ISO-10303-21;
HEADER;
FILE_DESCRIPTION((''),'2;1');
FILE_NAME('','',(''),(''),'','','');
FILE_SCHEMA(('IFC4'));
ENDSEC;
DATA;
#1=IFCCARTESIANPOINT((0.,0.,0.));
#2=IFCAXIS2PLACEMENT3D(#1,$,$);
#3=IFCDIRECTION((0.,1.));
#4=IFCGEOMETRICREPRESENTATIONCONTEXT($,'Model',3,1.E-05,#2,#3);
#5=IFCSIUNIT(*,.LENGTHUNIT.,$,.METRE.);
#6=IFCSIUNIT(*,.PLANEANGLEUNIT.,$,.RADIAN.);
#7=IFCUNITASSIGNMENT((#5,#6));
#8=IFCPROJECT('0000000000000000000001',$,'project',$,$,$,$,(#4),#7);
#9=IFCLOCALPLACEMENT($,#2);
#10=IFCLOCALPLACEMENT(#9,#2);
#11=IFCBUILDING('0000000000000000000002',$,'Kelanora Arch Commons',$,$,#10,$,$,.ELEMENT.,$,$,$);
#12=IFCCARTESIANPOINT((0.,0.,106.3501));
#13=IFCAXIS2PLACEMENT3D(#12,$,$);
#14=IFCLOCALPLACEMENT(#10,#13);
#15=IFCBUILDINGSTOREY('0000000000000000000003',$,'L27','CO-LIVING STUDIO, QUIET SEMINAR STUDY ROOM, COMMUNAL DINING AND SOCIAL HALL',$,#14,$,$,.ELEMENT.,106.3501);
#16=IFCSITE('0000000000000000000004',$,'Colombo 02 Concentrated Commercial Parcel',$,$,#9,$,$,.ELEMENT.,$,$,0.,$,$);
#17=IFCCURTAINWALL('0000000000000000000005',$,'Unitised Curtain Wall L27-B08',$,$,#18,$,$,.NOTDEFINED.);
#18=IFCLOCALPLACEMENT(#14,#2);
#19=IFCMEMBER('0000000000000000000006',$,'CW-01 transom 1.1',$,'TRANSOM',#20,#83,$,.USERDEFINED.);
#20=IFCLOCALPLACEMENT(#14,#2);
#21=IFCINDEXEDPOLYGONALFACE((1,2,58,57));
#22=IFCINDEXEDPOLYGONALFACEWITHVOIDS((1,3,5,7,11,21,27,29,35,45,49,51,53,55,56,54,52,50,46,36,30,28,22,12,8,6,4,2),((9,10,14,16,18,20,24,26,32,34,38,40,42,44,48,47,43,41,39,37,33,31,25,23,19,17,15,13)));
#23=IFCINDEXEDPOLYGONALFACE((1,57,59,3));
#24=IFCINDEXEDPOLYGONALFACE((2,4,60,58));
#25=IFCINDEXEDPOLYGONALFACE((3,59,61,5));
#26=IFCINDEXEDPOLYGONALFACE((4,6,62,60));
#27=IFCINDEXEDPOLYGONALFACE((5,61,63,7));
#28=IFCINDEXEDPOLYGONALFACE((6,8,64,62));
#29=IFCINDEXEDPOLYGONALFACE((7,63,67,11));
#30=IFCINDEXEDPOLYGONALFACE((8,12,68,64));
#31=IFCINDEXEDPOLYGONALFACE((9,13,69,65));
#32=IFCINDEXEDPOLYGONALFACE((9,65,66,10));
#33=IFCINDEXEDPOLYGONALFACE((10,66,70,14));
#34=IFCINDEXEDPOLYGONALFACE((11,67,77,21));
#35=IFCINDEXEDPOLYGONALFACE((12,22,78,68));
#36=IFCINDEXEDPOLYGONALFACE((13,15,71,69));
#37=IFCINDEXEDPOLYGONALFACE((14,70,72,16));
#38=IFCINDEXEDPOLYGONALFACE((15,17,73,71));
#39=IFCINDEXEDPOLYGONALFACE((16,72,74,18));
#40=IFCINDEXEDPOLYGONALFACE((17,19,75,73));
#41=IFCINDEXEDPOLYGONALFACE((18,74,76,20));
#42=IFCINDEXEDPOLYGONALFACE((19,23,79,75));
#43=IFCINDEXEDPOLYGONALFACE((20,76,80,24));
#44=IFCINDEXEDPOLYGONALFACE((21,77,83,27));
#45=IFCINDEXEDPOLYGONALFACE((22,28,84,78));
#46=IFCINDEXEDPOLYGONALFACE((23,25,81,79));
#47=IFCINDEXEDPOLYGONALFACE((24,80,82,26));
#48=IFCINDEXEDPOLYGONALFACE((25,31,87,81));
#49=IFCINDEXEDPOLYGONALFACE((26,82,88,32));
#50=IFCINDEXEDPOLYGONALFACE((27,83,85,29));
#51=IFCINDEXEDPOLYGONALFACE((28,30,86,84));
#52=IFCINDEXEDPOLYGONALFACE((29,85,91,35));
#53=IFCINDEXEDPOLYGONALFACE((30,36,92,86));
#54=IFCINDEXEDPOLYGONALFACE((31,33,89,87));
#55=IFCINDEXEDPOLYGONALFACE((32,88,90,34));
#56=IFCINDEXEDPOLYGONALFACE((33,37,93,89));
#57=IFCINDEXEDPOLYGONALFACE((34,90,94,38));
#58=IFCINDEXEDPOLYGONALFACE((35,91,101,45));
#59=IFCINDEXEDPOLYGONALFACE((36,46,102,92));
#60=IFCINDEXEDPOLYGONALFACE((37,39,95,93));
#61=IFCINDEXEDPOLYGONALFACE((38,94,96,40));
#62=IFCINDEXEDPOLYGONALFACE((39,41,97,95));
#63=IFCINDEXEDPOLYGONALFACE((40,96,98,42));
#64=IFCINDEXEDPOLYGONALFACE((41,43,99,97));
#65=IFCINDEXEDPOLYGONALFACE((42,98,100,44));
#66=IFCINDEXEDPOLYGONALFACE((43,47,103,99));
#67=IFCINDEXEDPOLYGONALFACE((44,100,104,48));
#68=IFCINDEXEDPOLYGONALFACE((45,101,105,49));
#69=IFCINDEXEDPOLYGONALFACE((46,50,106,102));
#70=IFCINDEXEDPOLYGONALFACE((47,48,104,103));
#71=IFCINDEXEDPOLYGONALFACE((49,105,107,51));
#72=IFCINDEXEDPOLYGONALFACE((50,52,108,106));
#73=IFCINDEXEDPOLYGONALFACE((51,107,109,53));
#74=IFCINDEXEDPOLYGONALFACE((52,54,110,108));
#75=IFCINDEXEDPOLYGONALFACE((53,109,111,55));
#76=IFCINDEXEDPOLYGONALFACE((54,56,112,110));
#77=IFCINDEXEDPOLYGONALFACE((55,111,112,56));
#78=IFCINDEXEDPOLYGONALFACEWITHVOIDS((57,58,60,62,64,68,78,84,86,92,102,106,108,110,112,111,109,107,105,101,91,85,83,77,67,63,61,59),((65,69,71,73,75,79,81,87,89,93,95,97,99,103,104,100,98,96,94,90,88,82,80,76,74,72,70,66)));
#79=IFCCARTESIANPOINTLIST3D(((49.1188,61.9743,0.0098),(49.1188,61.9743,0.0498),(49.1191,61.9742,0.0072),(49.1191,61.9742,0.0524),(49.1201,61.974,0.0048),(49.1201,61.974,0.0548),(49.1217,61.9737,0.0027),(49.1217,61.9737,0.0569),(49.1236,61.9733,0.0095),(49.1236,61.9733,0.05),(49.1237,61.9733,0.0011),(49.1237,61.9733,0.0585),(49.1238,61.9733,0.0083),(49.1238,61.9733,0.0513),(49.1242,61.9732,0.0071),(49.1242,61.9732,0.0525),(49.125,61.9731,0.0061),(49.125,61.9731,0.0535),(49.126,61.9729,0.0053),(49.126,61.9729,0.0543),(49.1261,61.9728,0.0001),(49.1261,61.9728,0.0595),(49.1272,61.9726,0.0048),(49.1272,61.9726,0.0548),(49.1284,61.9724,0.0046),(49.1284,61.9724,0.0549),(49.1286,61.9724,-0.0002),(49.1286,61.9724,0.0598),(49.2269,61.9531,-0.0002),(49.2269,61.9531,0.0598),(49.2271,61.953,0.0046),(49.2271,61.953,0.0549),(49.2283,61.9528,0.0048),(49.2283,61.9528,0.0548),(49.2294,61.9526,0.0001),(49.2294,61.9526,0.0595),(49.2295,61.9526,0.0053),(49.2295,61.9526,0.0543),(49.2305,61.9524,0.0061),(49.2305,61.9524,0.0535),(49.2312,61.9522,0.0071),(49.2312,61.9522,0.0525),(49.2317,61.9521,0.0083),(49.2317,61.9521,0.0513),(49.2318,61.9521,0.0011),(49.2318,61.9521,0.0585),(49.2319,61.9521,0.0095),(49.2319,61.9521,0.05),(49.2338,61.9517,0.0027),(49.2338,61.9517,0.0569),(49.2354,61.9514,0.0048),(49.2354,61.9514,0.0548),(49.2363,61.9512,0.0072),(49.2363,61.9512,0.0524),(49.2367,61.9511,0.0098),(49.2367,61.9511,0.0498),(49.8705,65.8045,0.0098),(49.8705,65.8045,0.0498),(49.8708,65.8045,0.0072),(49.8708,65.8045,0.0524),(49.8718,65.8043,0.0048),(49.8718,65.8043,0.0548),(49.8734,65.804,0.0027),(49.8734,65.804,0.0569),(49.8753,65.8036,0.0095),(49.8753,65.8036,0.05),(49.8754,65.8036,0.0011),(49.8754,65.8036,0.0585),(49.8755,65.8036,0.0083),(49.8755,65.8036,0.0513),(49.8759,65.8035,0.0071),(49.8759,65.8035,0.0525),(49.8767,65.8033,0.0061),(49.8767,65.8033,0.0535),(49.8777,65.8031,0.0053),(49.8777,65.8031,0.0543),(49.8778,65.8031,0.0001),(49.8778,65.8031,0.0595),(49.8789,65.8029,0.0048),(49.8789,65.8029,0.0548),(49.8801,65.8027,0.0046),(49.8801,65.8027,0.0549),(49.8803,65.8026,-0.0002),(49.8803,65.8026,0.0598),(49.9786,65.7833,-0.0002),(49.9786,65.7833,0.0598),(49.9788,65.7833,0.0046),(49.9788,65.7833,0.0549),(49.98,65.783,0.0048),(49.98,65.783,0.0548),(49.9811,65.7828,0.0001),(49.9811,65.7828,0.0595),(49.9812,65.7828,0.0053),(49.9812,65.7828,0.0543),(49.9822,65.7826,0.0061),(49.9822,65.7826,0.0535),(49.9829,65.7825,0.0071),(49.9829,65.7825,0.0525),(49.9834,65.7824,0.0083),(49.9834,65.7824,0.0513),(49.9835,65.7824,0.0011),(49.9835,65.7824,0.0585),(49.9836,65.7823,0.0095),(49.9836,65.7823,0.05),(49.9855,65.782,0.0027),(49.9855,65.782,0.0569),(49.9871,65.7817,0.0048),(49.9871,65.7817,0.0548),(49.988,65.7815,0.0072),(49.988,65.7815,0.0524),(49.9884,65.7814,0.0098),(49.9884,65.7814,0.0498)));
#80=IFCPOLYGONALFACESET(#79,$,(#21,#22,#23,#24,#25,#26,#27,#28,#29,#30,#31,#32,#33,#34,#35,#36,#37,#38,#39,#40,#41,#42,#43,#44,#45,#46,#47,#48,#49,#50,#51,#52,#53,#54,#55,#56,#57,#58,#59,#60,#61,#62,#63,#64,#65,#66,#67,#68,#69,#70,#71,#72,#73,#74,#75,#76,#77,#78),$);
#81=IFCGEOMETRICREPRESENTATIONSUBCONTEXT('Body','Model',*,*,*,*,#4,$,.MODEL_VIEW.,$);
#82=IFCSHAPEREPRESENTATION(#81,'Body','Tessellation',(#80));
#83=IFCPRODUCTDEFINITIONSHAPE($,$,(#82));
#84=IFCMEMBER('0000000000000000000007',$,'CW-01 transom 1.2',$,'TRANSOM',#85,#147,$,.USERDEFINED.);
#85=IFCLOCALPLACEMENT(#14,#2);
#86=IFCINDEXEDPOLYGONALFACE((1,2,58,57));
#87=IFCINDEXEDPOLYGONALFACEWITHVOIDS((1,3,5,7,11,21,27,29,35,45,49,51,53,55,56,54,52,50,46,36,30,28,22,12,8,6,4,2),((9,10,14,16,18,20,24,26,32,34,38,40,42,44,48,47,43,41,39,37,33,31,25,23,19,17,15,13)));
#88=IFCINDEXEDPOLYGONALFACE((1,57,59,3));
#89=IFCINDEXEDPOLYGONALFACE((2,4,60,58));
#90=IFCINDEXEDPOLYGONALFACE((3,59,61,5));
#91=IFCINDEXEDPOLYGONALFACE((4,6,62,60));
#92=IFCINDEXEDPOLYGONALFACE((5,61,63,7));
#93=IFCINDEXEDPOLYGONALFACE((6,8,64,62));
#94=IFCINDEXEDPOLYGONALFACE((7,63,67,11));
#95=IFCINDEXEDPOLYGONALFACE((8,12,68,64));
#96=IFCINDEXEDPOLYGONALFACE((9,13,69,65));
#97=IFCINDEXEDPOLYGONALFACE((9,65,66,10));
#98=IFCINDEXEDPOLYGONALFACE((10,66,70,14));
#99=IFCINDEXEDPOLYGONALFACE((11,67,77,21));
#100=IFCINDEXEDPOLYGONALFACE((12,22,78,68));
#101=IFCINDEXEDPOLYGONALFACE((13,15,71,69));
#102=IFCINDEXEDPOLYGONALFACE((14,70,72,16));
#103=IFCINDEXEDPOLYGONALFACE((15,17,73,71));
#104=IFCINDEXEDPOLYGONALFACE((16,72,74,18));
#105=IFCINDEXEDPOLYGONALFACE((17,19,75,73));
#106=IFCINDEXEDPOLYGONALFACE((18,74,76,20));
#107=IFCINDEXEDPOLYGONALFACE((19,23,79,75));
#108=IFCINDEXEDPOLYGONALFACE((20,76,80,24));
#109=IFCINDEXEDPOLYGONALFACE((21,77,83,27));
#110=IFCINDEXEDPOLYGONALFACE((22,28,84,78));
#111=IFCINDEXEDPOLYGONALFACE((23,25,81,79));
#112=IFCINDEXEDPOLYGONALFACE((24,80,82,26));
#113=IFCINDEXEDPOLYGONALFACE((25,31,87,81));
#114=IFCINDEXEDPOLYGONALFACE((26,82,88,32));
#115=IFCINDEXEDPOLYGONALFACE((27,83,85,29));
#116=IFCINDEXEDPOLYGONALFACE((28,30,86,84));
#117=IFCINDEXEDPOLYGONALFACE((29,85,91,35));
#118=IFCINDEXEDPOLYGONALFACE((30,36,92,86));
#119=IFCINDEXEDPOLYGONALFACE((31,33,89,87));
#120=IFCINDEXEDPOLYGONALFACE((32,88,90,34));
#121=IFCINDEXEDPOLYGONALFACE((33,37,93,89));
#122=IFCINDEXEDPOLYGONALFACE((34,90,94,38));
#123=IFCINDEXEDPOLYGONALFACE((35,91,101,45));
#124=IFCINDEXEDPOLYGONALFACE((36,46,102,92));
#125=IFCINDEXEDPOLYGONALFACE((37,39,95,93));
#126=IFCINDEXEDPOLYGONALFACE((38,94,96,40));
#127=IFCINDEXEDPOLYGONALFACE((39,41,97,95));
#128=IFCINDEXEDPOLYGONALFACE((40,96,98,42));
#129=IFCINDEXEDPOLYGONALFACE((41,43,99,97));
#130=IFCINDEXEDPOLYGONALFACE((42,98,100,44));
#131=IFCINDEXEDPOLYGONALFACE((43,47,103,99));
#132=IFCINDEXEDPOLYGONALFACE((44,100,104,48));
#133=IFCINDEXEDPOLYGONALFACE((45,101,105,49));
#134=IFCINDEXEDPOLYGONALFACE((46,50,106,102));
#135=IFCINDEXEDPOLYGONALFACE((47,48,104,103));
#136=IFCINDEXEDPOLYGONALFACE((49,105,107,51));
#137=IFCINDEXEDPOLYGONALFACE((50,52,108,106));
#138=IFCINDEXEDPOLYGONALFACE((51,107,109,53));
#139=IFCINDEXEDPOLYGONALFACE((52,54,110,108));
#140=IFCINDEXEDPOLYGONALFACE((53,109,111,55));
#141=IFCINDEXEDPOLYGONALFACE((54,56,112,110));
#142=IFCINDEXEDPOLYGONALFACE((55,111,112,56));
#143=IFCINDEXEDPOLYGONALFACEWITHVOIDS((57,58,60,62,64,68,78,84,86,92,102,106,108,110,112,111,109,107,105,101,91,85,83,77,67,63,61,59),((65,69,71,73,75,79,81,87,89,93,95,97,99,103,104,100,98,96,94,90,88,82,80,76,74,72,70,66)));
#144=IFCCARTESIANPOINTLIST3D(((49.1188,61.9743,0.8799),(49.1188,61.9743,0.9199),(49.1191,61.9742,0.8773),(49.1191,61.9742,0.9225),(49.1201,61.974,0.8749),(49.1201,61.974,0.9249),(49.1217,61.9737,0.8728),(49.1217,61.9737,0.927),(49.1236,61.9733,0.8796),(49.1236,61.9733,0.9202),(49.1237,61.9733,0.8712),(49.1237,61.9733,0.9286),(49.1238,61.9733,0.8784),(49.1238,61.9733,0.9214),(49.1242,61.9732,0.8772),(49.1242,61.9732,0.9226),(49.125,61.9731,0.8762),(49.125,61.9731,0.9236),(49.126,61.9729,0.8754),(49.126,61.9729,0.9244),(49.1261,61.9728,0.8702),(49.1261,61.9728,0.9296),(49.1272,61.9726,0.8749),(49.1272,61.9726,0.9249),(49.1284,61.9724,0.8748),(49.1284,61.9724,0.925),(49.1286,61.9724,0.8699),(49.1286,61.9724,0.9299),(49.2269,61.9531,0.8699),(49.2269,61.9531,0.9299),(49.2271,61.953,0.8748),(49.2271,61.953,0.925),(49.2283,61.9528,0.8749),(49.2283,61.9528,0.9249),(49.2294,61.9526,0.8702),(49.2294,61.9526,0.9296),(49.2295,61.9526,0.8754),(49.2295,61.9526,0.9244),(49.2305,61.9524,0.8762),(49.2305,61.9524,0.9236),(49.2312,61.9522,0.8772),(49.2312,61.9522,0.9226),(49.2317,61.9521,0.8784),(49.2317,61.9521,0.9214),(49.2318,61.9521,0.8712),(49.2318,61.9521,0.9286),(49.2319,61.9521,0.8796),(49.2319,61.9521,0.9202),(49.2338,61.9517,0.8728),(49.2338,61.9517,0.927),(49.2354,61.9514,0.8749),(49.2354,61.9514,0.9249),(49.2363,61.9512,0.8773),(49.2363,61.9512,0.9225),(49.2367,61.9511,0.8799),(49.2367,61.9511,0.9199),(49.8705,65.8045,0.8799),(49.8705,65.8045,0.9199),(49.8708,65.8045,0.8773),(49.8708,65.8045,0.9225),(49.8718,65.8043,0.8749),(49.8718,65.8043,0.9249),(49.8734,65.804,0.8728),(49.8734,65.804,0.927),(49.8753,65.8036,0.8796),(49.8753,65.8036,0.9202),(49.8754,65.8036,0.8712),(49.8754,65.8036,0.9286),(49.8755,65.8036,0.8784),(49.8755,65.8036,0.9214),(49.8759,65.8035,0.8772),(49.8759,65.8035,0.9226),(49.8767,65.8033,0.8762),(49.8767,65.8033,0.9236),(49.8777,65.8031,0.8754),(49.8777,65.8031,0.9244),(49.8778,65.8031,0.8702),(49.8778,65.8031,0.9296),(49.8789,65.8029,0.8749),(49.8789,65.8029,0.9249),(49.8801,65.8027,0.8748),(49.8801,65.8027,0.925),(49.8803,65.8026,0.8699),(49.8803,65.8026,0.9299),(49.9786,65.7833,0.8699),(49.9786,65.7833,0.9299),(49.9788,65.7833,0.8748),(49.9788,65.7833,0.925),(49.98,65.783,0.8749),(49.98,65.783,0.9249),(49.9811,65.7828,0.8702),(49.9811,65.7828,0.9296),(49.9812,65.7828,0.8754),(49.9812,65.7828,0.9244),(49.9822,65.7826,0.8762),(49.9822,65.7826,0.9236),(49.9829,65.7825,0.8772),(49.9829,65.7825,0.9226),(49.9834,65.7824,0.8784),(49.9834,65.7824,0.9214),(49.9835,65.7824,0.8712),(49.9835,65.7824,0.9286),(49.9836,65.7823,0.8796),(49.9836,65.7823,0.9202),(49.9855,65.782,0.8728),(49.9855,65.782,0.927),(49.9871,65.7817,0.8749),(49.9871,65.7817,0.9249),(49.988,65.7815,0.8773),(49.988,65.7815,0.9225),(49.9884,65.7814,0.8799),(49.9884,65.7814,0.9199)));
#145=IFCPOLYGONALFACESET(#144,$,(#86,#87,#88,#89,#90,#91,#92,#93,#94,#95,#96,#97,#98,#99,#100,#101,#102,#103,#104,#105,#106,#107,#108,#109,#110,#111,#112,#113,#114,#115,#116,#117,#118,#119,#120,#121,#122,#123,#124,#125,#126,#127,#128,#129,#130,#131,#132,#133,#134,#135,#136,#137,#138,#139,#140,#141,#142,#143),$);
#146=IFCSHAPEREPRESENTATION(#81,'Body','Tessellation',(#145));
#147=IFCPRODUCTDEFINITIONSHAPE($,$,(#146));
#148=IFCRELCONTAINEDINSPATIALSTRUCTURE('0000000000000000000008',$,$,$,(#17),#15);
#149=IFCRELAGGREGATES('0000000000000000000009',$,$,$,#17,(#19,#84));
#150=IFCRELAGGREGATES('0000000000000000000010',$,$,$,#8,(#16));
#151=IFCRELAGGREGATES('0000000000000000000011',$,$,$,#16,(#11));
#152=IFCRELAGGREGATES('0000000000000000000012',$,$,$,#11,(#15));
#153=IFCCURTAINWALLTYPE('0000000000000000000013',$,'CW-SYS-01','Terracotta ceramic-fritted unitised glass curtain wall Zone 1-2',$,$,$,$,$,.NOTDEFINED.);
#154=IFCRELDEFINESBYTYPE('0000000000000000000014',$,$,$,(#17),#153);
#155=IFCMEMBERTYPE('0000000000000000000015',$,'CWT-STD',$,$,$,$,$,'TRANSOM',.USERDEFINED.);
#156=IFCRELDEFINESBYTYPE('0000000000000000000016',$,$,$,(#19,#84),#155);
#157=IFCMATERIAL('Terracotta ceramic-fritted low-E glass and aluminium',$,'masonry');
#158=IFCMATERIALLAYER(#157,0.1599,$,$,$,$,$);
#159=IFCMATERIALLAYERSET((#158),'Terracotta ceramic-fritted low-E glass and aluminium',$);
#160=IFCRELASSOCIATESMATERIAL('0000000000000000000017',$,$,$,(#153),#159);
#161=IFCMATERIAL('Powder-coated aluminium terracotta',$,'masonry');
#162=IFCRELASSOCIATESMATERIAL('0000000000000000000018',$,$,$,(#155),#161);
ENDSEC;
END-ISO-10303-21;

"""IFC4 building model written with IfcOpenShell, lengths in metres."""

from ifc_helpers import new_model, si_unit, direction, frame, origin, origin_2d, place, context, subcontext, project, spatial, hollow_rectangle, extrude, material, layer, layer_set, material_profile, profile_set, type_object, element, aggregate, save


model = new_model("IFC4")

# Units and contexts
model_context = context("Model", 3, precision=1e-05, world=origin(), true_north=direction((0.0, 1.0)))
body_context = subcontext(model_context, "Body", "Model", "MODEL_VIEW")
ifc_project = project(units=[si_unit("LENGTHUNIT", "METRE"), si_unit("PLANEANGLEUNIT", "RADIAN")], contexts=[model_context])

# Site, building, storey
site_placement = place(None, origin())
site = spatial("IfcSite", under=ifc_project, at=site_placement, Name="Colombo 02 Concentrated Commercial Parcel", CompositionType="ELEMENT", RefElevation=0.0)
building_placement = place(site_placement, origin())
building = spatial("IfcBuilding", under=site, at=building_placement, Name="Kelanora Arch Commons", CompositionType="ELEMENT")
storey_placement = place(building_placement, frame((0.0, 0.0, 106.3501)))
storey = spatial("IfcBuildingStorey", under=building, at=storey_placement, Name="L27", Description="CO-LIVING STUDIO, QUIET SEMINAR STUDY ROOM, COMMUNAL DINING AND SOCIAL HALL", CompositionType="ELEMENT", Elevation=106.3501)

# Curtain wall, members
ifc_material_1 = material(Name="Terracotta ceramic-fritted low-E glass and aluminium", Category="masonry")
ifc_layer_1 = layer(ifc_material_1, 0.1599)
ifc_layer_set_1 = layer_set([ifc_layer_1], Name="Terracotta ceramic-fritted low-E glass and aluminium")
curtain_wall_type = type_object("IfcCurtainWallType", Name="CW-SYS-01", Description="Terracotta ceramic-fritted unitised glass curtain wall Zone 1-2", PredefinedType="NOTDEFINED", material=ifc_layer_set_1)
curtain_wall_placement = place(storey_placement, origin())
curtain_wall = element("IfcCurtainWall", 1, at=curtain_wall_placement, inside=storey, type_object=curtain_wall_type, Name="Unitised Curtain Wall L27-B08", PredefinedType="NOTDEFINED")
ifc_material_2 = material(Name="Powder-coated aluminium terracotta", Category="masonry")
ifc_material_profile_1 = material_profile(ifc_material_2, hollow_rectangle(XDim=0.1201, YDim=0.0601, WallThickness=0.0049, InnerFilletRadius=0.0049, OuterFilletRadius=0.01, at=origin_2d()), Name="CWT120x60")
ifc_profile_set_1 = profile_set([ifc_material_profile_1], Name="Powder-coated aluminium terracotta")
member_type_1 = type_object("IfcMemberType", Name="CWT-STD", ElementType="TRANSOM", PredefinedType="USERDEFINED", material=ifc_profile_set_1)
member_1_placement = place(storey_placement, frame((49.9294, 65.793, 0.0298), z_axis=(-0.192579, -0.981282, 0.0), x_axis=(0.981282, -0.192579, 0.0)))
member_1 = element("IfcMember", 2, at=member_1_placement, type_object=member_type_1, Name="CW-01 transom 1.1", ObjectType="TRANSOM", PredefinedType="USERDEFINED", context=body_context, shape_type="SweptSolid", body=[
    extrude(hollow_rectangle(XDim=0.1201, YDim=0.0601, WallThickness=0.0049, InnerFilletRadius=0.0049, OuterFilletRadius=0.01, at=origin_2d()), origin(), (0.0, 0.0, 1.0), 3.9033),
])
member_2_placement = place(storey_placement, frame((49.9294, 65.793, 0.8999), z_axis=(-0.192579, -0.981282, 0.0), x_axis=(0.981282, -0.192579, 0.0)))
member_2 = element("IfcMember", 3, at=member_2_placement, type_object=member_type_1, Name="CW-01 transom 1.2", ObjectType="TRANSOM", PredefinedType="USERDEFINED", context=body_context, shape_type="SweptSolid", body=[
    extrude(hollow_rectangle(XDim=0.1201, YDim=0.0601, WallThickness=0.0049, InnerFilletRadius=0.0049, OuterFilletRadius=0.01, at=origin_2d()), origin(), (0.0, 0.0, 1.0), 3.9033),
])
aggregate(curtain_wall, [member_1, member_2])

save(model, "model.ifc")
